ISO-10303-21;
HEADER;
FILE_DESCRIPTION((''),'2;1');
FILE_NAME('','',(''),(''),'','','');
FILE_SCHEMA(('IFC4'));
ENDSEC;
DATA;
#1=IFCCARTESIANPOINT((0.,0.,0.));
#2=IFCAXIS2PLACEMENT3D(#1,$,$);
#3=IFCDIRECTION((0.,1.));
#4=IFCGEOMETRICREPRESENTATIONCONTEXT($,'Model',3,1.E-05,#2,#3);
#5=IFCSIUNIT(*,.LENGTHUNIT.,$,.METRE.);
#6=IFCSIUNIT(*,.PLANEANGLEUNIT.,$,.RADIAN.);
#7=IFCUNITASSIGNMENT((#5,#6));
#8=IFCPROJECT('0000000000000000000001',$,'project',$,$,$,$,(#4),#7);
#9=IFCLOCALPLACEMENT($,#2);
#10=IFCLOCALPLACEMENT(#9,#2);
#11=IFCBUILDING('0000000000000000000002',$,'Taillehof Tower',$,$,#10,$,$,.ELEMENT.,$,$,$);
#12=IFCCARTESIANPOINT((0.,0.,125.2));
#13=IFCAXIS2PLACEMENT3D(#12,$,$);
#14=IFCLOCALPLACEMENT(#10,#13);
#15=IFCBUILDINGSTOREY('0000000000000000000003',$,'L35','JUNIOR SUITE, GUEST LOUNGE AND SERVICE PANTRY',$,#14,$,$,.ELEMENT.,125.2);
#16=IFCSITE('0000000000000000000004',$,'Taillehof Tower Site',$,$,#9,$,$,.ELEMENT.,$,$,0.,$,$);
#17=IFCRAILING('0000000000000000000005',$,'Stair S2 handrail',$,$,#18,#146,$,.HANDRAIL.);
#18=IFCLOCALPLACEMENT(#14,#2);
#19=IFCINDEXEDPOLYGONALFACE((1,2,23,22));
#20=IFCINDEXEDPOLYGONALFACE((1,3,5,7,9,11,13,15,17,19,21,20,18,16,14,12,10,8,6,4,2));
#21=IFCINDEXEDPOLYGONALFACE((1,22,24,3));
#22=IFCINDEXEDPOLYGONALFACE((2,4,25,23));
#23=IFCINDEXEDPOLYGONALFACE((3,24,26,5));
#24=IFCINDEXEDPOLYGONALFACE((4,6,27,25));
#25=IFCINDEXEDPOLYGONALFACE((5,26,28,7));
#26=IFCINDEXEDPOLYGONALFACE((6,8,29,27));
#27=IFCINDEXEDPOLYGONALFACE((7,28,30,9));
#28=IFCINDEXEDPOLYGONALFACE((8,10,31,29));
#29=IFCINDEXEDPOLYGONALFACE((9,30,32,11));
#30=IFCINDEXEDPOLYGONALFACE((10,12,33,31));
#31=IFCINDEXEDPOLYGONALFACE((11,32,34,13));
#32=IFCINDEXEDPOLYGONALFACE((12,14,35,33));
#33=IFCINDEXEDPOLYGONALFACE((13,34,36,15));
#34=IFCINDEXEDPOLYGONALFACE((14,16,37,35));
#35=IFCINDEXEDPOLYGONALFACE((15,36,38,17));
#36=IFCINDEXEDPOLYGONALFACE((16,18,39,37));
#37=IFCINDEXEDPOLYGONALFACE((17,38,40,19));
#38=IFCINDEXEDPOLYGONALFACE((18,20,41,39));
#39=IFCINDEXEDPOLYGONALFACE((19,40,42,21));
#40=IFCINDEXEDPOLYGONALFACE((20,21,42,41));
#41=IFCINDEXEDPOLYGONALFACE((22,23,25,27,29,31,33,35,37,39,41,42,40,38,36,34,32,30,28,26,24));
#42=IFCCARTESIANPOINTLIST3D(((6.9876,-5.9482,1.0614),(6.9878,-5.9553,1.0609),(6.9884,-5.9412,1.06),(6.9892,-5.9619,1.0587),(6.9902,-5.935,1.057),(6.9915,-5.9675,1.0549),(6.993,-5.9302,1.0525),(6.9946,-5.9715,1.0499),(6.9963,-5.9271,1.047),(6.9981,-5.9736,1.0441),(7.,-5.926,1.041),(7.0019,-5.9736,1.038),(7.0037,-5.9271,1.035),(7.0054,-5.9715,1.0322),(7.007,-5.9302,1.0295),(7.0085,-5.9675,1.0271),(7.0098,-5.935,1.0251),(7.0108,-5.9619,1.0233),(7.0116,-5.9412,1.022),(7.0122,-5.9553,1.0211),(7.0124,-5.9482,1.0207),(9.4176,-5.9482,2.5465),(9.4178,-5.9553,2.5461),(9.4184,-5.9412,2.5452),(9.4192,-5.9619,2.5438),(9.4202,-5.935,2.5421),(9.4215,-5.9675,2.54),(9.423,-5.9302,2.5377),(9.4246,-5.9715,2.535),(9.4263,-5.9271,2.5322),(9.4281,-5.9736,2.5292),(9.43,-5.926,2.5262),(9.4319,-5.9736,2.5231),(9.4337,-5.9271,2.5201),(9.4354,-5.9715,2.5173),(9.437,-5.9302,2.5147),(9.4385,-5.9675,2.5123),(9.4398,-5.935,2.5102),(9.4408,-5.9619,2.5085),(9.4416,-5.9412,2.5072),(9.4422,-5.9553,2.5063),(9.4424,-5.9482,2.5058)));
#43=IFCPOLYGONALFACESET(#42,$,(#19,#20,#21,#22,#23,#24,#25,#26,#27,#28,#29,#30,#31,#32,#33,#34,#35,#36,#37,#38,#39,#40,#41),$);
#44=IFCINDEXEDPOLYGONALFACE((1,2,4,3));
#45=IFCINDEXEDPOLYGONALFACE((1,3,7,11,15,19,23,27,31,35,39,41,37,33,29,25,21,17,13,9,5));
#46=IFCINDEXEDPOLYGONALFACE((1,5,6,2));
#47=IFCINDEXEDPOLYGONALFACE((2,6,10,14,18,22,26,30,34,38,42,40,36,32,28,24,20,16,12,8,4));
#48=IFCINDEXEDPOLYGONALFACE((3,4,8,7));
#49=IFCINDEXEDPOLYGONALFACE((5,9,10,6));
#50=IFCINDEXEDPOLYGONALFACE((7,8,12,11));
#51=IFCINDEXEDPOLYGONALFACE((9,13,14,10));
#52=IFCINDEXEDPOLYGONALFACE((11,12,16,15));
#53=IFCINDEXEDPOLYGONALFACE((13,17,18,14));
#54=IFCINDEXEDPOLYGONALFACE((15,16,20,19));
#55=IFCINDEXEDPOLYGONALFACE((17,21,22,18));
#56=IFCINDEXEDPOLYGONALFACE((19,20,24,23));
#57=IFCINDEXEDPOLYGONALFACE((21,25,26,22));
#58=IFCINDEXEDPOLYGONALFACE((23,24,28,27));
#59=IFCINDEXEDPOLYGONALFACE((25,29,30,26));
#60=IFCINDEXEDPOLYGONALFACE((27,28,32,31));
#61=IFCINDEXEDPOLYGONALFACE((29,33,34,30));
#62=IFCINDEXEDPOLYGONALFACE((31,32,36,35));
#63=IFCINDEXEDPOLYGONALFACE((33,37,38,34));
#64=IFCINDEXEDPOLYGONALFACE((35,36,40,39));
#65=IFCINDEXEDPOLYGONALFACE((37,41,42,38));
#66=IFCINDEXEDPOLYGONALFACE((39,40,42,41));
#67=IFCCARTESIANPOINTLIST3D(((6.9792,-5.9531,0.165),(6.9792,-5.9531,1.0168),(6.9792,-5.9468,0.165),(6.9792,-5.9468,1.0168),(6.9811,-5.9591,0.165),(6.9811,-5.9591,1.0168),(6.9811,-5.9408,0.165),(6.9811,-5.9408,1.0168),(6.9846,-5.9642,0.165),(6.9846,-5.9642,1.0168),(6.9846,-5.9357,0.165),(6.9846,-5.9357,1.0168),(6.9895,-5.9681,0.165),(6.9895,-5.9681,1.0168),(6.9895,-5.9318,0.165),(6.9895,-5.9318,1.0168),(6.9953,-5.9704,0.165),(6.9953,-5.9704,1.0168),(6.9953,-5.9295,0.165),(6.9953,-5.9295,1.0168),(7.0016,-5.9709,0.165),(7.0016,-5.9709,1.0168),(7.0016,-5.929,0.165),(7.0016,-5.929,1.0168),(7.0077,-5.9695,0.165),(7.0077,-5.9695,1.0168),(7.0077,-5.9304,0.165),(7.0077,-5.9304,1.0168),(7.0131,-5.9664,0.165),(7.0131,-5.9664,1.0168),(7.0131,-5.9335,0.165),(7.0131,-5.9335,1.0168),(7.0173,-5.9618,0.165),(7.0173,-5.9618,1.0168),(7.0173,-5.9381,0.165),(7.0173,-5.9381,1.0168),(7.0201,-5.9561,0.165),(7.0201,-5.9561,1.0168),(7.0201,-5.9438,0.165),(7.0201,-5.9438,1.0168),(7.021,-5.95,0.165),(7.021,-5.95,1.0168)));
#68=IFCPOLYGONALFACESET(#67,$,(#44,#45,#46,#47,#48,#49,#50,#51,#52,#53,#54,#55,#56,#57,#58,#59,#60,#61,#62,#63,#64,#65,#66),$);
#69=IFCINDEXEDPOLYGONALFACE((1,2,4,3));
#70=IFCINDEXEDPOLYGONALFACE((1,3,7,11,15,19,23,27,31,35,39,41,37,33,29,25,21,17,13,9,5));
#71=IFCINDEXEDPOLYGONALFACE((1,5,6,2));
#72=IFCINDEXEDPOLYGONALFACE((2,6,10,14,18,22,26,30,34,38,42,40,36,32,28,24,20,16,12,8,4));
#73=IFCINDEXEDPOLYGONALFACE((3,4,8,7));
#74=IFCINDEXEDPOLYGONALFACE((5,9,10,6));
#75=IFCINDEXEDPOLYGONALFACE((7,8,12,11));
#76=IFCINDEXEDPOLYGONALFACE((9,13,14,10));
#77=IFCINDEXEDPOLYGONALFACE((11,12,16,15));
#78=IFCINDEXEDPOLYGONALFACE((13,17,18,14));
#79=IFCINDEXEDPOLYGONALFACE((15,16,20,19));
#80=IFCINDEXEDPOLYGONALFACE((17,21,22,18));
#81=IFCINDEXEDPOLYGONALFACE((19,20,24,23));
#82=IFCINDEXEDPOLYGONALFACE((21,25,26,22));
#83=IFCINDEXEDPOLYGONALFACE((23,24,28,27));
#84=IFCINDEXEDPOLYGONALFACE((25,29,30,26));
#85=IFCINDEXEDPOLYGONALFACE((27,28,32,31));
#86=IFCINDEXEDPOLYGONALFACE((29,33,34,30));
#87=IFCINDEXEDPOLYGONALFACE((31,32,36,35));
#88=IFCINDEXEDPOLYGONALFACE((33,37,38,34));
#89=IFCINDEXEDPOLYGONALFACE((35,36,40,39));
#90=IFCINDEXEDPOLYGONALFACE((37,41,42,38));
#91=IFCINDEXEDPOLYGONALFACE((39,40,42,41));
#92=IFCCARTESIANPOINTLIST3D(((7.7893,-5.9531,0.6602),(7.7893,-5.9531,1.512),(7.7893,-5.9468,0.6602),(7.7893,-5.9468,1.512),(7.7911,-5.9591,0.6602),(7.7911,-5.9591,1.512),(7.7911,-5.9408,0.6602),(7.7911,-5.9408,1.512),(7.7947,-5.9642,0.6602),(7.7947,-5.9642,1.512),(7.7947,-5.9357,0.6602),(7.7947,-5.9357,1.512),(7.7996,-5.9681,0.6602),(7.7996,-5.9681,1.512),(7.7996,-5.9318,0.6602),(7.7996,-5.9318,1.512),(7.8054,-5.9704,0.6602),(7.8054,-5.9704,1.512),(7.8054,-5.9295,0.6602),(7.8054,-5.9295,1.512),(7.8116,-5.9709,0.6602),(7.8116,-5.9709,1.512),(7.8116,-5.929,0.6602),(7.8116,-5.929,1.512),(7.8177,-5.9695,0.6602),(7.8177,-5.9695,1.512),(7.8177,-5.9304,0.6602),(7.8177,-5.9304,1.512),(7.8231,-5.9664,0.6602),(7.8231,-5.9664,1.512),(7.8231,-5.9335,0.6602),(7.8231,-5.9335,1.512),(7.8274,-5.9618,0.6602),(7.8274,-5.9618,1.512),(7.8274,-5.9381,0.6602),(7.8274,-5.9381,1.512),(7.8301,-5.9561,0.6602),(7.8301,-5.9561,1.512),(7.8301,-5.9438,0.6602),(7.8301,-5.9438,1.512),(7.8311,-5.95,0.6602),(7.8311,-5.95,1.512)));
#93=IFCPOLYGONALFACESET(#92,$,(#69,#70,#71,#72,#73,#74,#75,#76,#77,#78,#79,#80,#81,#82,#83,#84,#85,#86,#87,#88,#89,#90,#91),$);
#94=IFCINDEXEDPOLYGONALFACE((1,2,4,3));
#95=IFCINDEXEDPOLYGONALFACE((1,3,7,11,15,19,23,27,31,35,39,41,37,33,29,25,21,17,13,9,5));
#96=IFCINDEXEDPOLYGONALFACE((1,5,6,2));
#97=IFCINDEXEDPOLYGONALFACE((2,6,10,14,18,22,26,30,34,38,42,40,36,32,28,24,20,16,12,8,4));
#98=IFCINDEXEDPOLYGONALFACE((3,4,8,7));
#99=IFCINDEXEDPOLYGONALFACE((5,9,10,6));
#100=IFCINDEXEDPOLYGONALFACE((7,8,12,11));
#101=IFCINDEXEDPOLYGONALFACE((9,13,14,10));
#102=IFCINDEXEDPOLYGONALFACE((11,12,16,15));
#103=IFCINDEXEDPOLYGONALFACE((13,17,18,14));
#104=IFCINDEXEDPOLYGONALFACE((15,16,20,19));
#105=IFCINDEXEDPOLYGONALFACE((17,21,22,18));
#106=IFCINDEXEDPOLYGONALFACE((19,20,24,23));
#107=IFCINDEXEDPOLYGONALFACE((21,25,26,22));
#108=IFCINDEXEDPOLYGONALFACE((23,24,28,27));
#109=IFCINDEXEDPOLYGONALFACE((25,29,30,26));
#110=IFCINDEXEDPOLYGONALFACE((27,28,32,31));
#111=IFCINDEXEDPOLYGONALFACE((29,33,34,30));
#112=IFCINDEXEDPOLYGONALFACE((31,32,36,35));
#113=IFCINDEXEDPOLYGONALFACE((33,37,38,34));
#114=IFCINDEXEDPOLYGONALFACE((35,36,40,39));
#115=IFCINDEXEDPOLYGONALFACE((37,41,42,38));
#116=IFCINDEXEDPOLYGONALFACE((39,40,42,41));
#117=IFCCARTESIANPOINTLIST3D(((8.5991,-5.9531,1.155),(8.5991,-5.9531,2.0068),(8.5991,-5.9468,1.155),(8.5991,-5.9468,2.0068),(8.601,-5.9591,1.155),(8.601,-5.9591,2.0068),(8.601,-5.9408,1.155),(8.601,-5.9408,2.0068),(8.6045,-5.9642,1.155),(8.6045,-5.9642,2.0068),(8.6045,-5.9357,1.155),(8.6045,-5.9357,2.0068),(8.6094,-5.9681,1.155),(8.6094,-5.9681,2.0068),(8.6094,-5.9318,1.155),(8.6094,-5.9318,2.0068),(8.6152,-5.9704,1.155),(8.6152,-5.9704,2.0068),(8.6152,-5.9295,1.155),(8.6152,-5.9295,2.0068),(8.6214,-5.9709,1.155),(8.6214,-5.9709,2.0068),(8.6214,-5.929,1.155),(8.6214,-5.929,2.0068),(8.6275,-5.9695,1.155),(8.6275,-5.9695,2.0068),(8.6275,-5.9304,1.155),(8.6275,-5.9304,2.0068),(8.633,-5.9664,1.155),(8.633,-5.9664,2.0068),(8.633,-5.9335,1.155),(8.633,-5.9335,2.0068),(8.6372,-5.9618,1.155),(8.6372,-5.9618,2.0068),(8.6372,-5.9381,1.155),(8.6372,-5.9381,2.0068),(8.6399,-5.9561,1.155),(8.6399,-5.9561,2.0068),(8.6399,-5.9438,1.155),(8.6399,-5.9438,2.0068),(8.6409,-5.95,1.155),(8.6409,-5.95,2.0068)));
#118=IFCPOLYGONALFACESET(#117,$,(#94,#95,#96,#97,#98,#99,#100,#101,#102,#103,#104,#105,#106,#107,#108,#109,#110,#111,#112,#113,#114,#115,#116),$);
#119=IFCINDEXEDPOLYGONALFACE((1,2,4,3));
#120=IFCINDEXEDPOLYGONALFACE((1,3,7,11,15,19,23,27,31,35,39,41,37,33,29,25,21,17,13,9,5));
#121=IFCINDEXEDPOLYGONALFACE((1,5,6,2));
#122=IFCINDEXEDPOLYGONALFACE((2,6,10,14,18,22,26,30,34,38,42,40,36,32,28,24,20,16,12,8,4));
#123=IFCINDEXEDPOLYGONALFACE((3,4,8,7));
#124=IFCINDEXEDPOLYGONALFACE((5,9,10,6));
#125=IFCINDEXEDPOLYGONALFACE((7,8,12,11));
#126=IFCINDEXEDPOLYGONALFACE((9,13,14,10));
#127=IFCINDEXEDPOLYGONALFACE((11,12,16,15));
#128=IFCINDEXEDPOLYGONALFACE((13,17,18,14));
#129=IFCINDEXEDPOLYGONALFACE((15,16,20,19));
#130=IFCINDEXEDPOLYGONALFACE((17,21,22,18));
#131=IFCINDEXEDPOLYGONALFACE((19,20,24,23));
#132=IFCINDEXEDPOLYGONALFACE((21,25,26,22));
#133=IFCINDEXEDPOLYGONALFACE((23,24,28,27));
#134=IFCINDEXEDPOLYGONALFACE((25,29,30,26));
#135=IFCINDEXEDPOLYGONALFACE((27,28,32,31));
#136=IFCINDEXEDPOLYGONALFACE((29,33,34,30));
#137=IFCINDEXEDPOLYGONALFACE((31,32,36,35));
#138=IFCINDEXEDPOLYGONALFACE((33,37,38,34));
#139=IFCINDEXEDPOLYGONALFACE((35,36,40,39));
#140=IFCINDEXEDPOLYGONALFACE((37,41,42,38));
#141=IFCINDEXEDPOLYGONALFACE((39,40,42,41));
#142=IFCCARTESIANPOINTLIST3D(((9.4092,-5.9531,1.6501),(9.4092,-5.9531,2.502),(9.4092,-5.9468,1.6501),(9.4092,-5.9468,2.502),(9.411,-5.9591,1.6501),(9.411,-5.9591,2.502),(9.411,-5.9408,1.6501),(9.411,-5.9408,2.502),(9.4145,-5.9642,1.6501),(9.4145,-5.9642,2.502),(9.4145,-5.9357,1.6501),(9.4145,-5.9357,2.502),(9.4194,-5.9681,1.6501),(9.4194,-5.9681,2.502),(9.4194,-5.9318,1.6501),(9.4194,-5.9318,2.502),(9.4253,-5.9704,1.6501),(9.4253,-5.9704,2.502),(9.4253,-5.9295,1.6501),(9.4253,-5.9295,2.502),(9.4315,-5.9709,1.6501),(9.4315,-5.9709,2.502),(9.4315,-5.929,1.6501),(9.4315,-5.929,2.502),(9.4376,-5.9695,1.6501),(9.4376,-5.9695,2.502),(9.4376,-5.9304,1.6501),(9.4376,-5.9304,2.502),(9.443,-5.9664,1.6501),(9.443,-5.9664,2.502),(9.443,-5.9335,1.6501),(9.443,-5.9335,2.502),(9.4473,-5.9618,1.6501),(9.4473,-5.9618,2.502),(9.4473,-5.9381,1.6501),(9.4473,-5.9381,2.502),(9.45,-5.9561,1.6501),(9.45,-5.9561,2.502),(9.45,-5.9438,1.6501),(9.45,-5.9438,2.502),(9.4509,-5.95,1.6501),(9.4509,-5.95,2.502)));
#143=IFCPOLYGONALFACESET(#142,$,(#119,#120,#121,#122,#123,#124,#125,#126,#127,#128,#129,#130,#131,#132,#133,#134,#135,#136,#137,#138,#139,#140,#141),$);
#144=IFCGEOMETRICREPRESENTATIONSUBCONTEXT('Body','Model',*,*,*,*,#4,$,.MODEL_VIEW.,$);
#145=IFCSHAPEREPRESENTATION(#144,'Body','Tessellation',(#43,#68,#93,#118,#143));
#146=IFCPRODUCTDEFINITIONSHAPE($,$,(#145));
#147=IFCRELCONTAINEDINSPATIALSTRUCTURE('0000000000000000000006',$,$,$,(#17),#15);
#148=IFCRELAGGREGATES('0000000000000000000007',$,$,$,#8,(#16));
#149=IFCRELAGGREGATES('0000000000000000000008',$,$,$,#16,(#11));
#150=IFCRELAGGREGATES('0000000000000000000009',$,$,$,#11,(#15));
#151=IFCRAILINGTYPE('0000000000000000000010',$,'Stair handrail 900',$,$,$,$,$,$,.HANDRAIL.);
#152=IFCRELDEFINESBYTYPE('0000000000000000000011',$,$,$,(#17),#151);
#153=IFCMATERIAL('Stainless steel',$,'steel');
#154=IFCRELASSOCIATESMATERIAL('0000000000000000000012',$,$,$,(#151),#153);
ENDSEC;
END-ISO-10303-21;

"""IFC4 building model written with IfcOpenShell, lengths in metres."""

from ifc_helpers import new_model, si_unit, direction, frame, origin, origin_2d, place, context, subcontext, project, spatial, circle, extrude, material, type_object, element, save


model = new_model("IFC4")

# Units and contexts
model_context = context("Model", 3, precision=1e-05, world=origin(), true_north=direction((0.0, 1.0)))
body_context = subcontext(model_context, "Body", "Model", "MODEL_VIEW")
ifc_project = project(units=[si_unit("LENGTHUNIT", "METRE"), si_unit("PLANEANGLEUNIT", "RADIAN")], contexts=[model_context])

# Site, building, storey
site_placement = place(None, origin())
site = spatial("IfcSite", under=ifc_project, at=site_placement, Name="Taillehof Tower Site", CompositionType="ELEMENT", RefElevation=0.0)
building_placement = place(site_placement, origin())
building = spatial("IfcBuilding", under=site, at=building_placement, Name="Taillehof Tower", CompositionType="ELEMENT")
storey_placement = place(building_placement, frame((0.0, 0.0, 125.2)))
storey = spatial("IfcBuildingStorey", under=building, at=storey_placement, Name="L35", Description="JUNIOR SUITE, GUEST LOUNGE AND SERVICE PANTRY", CompositionType="ELEMENT", Elevation=125.2)

# Railing
ifc_material_1 = material(Name="Stainless steel", Category="steel")
railing_type = type_object("IfcRailingType", Name="Stair handrail 900", PredefinedType="HANDRAIL", material=ifc_material_1)
railing_1_placement = place(storey_placement, frame((7.0, -5.95, 0.165)))
element("IfcRailing", 1, at=railing_1_placement, inside=storey, type_object=railing_type, Name="Stair S2 handrail", PredefinedType="HANDRAIL", context=body_context, shape_type="SweptSolid", body=[
    extrude(circle(Radius=0.0239, at=origin_2d()), frame((0.0, 0.0, 0.876), z_axis=(0.853259, 0.0, 0.521488), x_axis=(0.0, 1.0, 0.0)), (0.0, 0.0, 1.0), 2.8479),
    extrude(circle(Radius=0.021, at=origin_2d()), origin(), (0.0, 0.0, 1.0), 0.8518),
    extrude(circle(Radius=0.021, at=origin_2d()), frame((0.8101, 0.0, 0.4951)), (0.0, 0.0, 1.0), 0.8518),
    extrude(circle(Radius=0.021, at=origin_2d()), frame((1.6199, 0.0, 0.99)), (0.0, 0.0, 1.0), 0.8518),
    extrude(circle(Radius=0.021, at=origin_2d()), frame((2.4299, 0.0, 1.4851)), (0.0, 0.0, 1.0), 0.8518),
])

save(model, "model.ifc")
